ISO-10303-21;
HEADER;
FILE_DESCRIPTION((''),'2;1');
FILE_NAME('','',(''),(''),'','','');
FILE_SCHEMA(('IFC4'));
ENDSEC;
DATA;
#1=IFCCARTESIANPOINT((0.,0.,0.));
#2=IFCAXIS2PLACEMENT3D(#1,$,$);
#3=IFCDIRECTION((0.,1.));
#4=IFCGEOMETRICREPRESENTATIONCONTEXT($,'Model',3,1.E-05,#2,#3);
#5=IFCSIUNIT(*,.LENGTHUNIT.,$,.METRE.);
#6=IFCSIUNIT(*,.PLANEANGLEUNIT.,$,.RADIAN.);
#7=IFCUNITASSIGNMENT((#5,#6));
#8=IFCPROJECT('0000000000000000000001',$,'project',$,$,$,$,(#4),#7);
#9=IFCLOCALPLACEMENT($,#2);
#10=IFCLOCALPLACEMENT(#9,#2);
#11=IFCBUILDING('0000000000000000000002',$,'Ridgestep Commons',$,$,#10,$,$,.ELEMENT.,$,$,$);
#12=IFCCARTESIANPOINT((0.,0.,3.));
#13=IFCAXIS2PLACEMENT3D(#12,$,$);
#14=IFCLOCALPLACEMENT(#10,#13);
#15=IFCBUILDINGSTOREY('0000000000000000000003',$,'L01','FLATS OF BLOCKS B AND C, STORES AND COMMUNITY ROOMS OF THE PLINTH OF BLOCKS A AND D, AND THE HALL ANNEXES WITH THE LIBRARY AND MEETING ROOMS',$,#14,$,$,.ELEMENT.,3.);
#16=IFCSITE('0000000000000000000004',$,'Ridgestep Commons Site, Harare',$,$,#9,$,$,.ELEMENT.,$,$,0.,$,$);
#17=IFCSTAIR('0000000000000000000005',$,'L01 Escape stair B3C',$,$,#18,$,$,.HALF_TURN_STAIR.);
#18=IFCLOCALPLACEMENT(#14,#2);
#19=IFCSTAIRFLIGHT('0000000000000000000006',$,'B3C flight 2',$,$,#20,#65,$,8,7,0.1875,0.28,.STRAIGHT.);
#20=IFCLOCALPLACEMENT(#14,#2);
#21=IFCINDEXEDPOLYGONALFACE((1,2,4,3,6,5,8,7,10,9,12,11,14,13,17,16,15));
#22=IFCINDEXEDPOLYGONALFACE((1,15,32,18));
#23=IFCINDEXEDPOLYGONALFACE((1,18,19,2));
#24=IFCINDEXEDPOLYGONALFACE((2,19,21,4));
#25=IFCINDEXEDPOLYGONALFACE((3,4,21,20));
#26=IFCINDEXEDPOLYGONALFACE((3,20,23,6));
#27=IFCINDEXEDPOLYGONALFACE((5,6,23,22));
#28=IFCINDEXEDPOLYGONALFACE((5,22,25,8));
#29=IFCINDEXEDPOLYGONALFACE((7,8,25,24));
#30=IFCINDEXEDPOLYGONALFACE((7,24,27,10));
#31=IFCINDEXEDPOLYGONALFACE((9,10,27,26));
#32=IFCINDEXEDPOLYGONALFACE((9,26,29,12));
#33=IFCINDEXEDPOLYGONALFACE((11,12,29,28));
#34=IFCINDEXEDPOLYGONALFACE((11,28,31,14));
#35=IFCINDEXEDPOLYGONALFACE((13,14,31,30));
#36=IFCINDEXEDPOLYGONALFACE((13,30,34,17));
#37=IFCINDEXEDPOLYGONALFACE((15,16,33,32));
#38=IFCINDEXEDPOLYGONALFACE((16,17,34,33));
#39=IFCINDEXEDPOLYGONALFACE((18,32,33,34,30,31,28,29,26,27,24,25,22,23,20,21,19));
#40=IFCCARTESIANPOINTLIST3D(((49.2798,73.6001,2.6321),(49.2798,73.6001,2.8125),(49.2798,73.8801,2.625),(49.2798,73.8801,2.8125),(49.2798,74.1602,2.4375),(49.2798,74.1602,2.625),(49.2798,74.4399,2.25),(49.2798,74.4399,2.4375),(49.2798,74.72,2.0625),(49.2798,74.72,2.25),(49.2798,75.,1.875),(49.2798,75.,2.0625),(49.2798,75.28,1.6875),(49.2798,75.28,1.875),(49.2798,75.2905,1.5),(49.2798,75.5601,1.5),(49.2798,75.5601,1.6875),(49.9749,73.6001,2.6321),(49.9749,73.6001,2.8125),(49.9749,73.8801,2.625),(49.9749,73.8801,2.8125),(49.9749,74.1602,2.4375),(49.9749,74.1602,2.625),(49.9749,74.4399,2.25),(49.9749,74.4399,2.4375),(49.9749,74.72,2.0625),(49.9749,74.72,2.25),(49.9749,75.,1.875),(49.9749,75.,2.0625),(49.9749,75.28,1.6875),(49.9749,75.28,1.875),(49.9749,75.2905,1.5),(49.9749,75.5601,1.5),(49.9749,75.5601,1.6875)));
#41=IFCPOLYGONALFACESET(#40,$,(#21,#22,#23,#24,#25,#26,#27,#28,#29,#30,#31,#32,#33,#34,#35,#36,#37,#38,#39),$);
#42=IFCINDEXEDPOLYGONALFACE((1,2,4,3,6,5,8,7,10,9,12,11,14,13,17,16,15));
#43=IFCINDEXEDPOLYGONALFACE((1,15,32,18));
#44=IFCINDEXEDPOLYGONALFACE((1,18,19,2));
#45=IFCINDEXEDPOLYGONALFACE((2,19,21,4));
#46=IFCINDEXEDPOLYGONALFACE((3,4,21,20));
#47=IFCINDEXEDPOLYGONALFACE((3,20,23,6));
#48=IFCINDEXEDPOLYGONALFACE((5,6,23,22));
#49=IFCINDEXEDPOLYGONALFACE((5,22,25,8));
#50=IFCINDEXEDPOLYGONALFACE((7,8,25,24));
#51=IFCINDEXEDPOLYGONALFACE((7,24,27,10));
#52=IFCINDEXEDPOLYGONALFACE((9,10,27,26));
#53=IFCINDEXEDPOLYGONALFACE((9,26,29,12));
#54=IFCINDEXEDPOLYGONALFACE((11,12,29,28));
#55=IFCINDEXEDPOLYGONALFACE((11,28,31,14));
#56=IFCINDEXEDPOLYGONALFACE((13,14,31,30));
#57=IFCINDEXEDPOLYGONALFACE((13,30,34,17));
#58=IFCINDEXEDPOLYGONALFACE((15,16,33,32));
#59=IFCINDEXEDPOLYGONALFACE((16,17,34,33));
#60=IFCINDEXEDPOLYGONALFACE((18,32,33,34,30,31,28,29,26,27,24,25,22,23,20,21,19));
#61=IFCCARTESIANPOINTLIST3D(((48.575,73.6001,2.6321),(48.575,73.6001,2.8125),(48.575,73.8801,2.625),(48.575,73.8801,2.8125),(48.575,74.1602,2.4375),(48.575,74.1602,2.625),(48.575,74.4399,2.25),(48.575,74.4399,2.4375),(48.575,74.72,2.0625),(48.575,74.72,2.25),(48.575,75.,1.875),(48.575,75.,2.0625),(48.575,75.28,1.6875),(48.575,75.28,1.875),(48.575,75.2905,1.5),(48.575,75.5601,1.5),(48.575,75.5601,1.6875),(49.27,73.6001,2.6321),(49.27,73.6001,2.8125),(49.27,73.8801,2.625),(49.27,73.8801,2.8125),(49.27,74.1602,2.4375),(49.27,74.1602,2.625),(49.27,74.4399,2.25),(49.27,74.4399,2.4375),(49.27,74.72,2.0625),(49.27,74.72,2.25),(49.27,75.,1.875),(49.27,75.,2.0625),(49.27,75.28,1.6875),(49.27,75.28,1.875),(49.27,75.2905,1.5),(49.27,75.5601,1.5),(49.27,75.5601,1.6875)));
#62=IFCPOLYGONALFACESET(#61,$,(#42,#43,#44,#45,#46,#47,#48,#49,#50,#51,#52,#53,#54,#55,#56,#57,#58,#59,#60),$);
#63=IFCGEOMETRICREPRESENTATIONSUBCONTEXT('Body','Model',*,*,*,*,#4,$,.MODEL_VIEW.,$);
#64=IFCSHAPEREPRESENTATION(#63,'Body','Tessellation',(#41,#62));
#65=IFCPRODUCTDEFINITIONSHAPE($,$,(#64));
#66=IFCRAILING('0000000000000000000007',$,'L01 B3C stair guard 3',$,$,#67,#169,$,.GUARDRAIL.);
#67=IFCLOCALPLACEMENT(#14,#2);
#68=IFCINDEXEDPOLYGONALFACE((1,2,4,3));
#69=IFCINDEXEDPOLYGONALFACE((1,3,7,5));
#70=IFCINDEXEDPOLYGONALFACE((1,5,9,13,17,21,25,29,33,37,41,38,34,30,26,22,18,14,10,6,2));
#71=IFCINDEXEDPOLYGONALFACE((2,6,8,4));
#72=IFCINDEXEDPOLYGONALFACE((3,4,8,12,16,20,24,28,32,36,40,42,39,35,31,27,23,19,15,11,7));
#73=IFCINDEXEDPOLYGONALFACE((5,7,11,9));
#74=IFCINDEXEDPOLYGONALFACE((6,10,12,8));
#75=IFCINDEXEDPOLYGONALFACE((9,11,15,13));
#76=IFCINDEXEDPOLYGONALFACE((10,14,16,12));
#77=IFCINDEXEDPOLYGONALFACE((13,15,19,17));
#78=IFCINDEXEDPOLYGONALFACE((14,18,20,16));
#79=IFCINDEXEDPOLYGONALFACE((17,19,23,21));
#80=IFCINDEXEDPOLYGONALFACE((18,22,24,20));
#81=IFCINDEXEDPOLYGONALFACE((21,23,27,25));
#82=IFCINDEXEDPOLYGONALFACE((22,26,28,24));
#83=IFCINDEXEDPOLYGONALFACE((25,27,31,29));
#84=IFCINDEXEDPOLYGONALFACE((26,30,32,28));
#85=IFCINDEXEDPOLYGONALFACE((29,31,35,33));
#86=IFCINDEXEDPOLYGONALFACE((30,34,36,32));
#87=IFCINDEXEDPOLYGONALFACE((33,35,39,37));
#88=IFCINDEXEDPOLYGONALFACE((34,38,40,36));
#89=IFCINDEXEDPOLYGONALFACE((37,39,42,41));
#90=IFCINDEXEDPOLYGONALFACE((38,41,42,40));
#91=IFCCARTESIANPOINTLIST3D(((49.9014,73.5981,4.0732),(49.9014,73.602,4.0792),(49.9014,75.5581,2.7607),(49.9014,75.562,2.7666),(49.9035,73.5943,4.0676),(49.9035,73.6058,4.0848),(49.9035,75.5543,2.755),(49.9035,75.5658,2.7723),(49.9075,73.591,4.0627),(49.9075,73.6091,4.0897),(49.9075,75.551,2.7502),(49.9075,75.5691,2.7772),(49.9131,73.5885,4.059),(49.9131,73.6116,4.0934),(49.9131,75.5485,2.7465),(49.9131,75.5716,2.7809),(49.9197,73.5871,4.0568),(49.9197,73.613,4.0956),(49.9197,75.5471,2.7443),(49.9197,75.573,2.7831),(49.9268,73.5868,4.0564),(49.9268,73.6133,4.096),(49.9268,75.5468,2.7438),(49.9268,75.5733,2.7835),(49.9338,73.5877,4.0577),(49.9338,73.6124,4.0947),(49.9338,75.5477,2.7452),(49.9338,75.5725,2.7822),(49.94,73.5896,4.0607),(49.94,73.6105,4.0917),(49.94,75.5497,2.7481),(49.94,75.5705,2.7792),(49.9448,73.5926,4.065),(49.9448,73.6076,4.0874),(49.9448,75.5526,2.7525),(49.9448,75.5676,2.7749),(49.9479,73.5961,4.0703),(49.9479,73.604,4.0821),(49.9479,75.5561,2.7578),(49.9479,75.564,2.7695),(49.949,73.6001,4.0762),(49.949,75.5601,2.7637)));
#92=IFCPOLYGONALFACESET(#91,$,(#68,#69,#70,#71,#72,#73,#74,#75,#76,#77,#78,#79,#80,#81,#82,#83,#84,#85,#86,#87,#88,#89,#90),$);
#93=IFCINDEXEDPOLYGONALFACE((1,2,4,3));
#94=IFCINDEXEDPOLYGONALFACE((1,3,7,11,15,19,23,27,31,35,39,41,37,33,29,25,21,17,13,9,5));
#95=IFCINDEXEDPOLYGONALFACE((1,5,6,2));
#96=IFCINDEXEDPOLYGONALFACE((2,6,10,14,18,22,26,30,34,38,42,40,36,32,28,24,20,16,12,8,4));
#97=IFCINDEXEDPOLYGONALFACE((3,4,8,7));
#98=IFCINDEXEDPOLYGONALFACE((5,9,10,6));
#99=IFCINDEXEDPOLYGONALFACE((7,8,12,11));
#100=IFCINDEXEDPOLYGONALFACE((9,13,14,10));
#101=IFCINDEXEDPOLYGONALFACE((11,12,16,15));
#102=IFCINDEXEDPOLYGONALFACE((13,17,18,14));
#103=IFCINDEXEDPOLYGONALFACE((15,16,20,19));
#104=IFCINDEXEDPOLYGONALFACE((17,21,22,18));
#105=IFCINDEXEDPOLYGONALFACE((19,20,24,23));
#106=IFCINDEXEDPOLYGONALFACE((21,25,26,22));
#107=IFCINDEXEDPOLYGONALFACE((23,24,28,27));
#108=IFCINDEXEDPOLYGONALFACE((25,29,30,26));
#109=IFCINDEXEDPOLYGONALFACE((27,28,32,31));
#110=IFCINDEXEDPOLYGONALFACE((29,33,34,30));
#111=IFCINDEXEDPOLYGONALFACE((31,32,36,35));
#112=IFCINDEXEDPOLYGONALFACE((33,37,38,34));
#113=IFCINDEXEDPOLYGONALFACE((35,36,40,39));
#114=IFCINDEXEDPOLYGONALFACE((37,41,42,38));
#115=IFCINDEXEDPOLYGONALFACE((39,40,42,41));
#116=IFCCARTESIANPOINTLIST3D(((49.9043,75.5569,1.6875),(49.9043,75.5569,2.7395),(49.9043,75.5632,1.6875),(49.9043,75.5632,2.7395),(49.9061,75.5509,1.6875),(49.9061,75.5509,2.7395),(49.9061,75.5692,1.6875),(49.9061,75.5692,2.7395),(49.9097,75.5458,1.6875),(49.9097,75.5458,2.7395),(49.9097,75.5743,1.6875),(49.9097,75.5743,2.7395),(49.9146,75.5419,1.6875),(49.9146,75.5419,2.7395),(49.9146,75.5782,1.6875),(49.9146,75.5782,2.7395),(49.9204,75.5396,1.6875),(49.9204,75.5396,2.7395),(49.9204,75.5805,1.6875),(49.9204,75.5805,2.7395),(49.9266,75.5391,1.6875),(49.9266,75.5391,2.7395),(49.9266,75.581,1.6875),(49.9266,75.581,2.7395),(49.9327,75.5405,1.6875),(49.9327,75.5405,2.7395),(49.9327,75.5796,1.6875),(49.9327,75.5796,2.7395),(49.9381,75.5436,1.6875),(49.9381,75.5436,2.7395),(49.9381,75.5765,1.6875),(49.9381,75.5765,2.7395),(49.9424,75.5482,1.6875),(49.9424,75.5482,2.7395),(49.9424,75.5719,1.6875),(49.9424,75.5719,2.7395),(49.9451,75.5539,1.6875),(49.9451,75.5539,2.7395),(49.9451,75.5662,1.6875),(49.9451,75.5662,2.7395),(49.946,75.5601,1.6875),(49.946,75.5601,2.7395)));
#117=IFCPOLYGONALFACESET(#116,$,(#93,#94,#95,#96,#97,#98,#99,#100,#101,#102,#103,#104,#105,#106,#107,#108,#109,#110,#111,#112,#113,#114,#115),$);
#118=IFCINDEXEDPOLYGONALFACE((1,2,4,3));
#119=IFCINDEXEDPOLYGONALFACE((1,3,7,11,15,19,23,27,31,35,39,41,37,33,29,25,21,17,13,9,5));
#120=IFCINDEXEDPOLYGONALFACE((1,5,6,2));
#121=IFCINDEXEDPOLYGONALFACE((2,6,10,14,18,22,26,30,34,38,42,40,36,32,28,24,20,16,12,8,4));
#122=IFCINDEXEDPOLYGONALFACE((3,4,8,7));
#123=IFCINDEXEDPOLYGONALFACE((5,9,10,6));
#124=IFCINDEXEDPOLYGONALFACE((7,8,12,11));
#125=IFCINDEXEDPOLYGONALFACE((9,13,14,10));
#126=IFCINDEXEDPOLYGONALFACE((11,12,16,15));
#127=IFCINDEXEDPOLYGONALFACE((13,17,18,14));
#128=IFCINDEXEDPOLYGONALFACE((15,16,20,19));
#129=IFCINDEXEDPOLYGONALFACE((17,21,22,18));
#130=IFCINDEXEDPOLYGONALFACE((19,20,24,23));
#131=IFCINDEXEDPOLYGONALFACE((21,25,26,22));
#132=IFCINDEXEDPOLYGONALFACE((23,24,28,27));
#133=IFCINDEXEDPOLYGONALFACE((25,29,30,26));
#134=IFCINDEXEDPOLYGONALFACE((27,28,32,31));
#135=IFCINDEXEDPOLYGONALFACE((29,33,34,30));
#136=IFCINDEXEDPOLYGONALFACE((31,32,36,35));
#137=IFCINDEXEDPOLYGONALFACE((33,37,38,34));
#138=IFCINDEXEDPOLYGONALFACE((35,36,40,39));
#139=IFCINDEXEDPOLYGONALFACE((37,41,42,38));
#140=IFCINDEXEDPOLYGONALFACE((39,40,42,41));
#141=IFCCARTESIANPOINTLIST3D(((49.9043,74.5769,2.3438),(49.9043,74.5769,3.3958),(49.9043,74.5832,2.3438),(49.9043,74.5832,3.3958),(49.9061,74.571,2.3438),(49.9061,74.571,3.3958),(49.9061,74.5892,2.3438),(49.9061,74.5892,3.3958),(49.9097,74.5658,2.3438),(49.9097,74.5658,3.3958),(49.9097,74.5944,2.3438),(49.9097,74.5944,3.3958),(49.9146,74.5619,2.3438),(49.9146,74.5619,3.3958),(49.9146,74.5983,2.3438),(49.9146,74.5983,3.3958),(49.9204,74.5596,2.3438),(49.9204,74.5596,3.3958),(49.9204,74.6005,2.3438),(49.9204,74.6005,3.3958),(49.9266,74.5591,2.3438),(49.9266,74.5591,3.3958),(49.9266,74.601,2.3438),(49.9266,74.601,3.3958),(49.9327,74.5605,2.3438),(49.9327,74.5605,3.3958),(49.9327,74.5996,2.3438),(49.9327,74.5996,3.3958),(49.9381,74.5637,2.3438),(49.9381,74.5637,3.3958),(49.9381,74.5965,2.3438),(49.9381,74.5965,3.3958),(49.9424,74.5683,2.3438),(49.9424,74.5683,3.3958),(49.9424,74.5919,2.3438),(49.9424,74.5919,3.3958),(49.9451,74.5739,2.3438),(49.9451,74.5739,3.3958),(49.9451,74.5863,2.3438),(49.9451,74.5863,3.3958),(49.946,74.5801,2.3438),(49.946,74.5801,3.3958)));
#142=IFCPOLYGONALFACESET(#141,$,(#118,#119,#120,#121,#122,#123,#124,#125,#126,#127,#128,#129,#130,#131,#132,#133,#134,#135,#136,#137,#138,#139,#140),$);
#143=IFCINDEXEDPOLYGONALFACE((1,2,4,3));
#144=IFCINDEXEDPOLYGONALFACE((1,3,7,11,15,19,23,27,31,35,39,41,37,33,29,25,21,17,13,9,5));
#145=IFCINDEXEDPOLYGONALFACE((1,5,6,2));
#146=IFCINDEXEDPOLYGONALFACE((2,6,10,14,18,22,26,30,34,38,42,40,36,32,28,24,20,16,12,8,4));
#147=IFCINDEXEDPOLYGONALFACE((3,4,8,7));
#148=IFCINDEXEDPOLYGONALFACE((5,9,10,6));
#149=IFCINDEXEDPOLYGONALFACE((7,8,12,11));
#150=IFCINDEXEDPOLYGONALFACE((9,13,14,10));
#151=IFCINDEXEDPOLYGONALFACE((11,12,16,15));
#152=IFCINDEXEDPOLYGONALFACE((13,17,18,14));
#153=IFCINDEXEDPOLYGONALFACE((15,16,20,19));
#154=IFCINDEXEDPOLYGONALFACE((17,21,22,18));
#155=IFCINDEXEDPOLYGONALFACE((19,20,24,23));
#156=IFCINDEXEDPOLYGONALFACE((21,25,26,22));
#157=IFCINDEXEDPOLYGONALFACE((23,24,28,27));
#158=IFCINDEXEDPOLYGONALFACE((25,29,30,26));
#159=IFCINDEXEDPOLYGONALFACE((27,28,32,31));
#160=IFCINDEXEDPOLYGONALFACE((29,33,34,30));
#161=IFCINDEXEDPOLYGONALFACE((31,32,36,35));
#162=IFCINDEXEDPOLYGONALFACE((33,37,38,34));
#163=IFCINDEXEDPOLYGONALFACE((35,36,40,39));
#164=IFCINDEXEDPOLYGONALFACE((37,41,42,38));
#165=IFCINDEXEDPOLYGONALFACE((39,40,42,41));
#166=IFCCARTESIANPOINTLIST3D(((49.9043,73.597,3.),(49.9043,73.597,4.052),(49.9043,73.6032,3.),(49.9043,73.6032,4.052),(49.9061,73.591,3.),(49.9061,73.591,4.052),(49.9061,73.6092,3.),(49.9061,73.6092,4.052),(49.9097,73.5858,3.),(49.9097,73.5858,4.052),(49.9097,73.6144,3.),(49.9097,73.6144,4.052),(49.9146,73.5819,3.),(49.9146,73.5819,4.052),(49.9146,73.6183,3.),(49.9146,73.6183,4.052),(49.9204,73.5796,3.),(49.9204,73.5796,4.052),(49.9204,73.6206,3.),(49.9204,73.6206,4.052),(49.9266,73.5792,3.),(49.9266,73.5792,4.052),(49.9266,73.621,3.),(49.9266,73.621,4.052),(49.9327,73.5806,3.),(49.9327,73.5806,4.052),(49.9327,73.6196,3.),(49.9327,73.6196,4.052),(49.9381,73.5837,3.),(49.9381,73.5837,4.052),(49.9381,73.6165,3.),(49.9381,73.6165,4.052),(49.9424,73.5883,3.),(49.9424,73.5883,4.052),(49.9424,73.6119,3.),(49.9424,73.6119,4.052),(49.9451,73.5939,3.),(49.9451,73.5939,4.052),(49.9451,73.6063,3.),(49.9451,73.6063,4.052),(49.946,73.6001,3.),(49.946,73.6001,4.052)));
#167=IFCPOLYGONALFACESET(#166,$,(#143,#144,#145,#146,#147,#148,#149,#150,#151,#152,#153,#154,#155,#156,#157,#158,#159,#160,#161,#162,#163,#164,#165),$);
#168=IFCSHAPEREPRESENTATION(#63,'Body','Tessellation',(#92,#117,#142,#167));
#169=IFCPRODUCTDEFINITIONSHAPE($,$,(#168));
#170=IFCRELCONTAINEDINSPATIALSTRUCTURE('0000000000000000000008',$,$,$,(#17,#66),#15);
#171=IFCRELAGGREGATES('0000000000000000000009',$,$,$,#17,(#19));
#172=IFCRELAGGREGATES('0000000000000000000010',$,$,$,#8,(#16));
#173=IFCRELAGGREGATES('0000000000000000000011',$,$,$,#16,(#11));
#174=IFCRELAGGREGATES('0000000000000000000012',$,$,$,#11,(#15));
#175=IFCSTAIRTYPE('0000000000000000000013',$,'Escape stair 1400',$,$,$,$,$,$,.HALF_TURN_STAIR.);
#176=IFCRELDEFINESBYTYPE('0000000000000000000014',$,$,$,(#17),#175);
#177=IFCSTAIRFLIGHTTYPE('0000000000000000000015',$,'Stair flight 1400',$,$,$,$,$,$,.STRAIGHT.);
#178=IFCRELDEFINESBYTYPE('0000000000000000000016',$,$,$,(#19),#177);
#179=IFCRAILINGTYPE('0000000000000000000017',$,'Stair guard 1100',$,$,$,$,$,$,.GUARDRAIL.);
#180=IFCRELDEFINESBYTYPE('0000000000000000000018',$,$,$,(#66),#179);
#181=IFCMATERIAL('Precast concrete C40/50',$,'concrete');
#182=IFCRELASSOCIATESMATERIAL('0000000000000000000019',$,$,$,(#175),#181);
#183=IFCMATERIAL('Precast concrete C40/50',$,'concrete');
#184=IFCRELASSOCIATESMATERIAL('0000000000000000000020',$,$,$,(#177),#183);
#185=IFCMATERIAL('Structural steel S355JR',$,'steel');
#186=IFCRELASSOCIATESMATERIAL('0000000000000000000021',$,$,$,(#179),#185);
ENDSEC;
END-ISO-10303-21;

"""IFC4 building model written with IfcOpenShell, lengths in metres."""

from ifc_helpers import new_model, si_unit, direction, frame, origin, origin_2d, place, context, subcontext, project, spatial, polyline, circle, outline, extrude, material, type_object, element, aggregate, save


model = new_model("IFC4")

# Units and contexts
model_context = context("Model", 3, precision=1e-05, world=origin(), true_north=direction((0.0, 1.0)))
body_context = subcontext(model_context, "Body", "Model", "MODEL_VIEW")
ifc_project = project(units=[si_unit("LENGTHUNIT", "METRE"), si_unit("PLANEANGLEUNIT", "RADIAN")], contexts=[model_context])

# Site, building, storey
site_placement = place(None, origin())
site = spatial("IfcSite", under=ifc_project, at=site_placement, Name="Ridgestep Commons Site, Harare", CompositionType="ELEMENT", RefElevation=0.0)
building_placement = place(site_placement, origin())
building = spatial("IfcBuilding", under=site, at=building_placement, Name="Ridgestep Commons", CompositionType="ELEMENT")
storey_placement = place(building_placement, frame((0.0, 0.0, 3.0)))
storey = spatial("IfcBuildingStorey", under=building, at=storey_placement, Name="L01", Description="FLATS OF BLOCKS B AND C, STORES AND COMMUNITY ROOMS OF THE PLINTH OF BLOCKS A AND D, AND THE HALL ANNEXES WITH THE LIBRARY AND MEETING ROOMS", CompositionType="ELEMENT", Elevation=3.0)

# Stair, stair flight
ifc_material_1 = material(Name="Precast concrete C40/50", Category="concrete")
stair_type = type_object("IfcStairType", Name="Escape stair 1400", PredefinedType="HALF_TURN_STAIR", material=ifc_material_1)
stair_placement = place(storey_placement, origin())
stair = element("IfcStair", 1, at=stair_placement, inside=storey, type_object=stair_type, Name="L01 Escape stair B3C", PredefinedType="HALF_TURN_STAIR")
ifc_material_2 = material(Name="Precast concrete C40/50", Category="concrete")
stair_flight_type = type_object("IfcStairFlightType", Name="Stair flight 1400", PredefinedType="STRAIGHT", material=ifc_material_2)
stair_flight_placement = place(storey_placement, frame((49.2749, 75.5601, 1.5), z_axis=(0.0, 0.0, 1.0), x_axis=(0.0, -1.0, 0.0)))
stair_flight = element("IfcStairFlight", 2, at=stair_flight_placement, type_object=stair_flight_type, Name="B3C flight 2", NumberOfRisers=8, NumberOfTreads=7, PredefinedType="STRAIGHT", RiserHeight=0.1875, TreadLength=0.28, context=body_context, shape_type="SweptSolid", body=[
    extrude(outline(polyline([(0.0, 0.0), (0.0, 0.1875), (0.28, 0.1875), (0.28, 0.375), (0.5601, 0.375), (0.5601, 0.5625), (0.8401, 0.5625), (0.8401, 0.75), (1.1201, 0.75), (1.1201, 0.9375), (1.3999, 0.9375), (1.3999, 1.125), (1.6799, 1.125), (1.6799, 1.3125), (1.96, 1.3125), (1.96, 1.5), (1.96, 1.1321), (0.2695, 0.0), (0.0, 0.0)])), frame((0.0, 0.7, 0.0), z_axis=(0.0, -1.0, 0.0), x_axis=(1.0, 0.0, 0.0)), (0.0, 0.0, 1.0), 0.6951),
    extrude(outline(polyline([(0.0, 0.0), (0.0, 0.1875), (0.28, 0.1875), (0.28, 0.375), (0.5601, 0.375), (0.5601, 0.5625), (0.8401, 0.5625), (0.8401, 0.75), (1.1201, 0.75), (1.1201, 0.9375), (1.3999, 0.9375), (1.3999, 1.125), (1.6799, 1.125), (1.6799, 1.3125), (1.96, 1.3125), (1.96, 1.5), (1.96, 1.1321), (0.2695, 0.0), (0.0, 0.0)])), frame((0.0, -0.0049, 0.0), z_axis=(0.0, -1.0, 0.0), x_axis=(1.0, 0.0, 0.0)), (0.0, 0.0, 1.0), 0.6951),
])
aggregate(stair, [stair_flight])

# Railing
ifc_material_3 = material(Name="Structural steel S355JR", Category="steel")
railing_type_1 = type_object("IfcRailingType", Name="Stair guard 1100", PredefinedType="GUARDRAIL", material=ifc_material_3)
railing_1_placement = place(storey_placement, frame((49.925, 75.5601, 1.6875)))
element("IfcRailing", 3, at=railing_1_placement, inside=storey, type_object=railing_type_1, Name="L01 B3C stair guard 3", PredefinedType="GUARDRAIL", context=body_context, shape_type="SweptSolid", body=[
    extrude(circle(Radius=0.0239, at=origin_2d()), frame((0.0, 0.0, 1.0762), z_axis=(0.0, -0.830902, 0.556419), x_axis=(1.0, 0.0, 0.0)), (0.0, 0.0, 1.0), 2.3589),
    extrude(circle(Radius=0.021, at=origin_2d()), origin(), (0.0, 0.0, 1.0), 1.052),
    extrude(circle(Radius=0.021, at=origin_2d()), frame((0.0, -0.98, 0.6562)), (0.0, 0.0, 1.0), 1.052),
    extrude(circle(Radius=0.021, at=origin_2d()), frame((0.0, -1.96, 1.3125)), (0.0, 0.0, 1.0), 1.052),
])

save(model, "model.ifc")
